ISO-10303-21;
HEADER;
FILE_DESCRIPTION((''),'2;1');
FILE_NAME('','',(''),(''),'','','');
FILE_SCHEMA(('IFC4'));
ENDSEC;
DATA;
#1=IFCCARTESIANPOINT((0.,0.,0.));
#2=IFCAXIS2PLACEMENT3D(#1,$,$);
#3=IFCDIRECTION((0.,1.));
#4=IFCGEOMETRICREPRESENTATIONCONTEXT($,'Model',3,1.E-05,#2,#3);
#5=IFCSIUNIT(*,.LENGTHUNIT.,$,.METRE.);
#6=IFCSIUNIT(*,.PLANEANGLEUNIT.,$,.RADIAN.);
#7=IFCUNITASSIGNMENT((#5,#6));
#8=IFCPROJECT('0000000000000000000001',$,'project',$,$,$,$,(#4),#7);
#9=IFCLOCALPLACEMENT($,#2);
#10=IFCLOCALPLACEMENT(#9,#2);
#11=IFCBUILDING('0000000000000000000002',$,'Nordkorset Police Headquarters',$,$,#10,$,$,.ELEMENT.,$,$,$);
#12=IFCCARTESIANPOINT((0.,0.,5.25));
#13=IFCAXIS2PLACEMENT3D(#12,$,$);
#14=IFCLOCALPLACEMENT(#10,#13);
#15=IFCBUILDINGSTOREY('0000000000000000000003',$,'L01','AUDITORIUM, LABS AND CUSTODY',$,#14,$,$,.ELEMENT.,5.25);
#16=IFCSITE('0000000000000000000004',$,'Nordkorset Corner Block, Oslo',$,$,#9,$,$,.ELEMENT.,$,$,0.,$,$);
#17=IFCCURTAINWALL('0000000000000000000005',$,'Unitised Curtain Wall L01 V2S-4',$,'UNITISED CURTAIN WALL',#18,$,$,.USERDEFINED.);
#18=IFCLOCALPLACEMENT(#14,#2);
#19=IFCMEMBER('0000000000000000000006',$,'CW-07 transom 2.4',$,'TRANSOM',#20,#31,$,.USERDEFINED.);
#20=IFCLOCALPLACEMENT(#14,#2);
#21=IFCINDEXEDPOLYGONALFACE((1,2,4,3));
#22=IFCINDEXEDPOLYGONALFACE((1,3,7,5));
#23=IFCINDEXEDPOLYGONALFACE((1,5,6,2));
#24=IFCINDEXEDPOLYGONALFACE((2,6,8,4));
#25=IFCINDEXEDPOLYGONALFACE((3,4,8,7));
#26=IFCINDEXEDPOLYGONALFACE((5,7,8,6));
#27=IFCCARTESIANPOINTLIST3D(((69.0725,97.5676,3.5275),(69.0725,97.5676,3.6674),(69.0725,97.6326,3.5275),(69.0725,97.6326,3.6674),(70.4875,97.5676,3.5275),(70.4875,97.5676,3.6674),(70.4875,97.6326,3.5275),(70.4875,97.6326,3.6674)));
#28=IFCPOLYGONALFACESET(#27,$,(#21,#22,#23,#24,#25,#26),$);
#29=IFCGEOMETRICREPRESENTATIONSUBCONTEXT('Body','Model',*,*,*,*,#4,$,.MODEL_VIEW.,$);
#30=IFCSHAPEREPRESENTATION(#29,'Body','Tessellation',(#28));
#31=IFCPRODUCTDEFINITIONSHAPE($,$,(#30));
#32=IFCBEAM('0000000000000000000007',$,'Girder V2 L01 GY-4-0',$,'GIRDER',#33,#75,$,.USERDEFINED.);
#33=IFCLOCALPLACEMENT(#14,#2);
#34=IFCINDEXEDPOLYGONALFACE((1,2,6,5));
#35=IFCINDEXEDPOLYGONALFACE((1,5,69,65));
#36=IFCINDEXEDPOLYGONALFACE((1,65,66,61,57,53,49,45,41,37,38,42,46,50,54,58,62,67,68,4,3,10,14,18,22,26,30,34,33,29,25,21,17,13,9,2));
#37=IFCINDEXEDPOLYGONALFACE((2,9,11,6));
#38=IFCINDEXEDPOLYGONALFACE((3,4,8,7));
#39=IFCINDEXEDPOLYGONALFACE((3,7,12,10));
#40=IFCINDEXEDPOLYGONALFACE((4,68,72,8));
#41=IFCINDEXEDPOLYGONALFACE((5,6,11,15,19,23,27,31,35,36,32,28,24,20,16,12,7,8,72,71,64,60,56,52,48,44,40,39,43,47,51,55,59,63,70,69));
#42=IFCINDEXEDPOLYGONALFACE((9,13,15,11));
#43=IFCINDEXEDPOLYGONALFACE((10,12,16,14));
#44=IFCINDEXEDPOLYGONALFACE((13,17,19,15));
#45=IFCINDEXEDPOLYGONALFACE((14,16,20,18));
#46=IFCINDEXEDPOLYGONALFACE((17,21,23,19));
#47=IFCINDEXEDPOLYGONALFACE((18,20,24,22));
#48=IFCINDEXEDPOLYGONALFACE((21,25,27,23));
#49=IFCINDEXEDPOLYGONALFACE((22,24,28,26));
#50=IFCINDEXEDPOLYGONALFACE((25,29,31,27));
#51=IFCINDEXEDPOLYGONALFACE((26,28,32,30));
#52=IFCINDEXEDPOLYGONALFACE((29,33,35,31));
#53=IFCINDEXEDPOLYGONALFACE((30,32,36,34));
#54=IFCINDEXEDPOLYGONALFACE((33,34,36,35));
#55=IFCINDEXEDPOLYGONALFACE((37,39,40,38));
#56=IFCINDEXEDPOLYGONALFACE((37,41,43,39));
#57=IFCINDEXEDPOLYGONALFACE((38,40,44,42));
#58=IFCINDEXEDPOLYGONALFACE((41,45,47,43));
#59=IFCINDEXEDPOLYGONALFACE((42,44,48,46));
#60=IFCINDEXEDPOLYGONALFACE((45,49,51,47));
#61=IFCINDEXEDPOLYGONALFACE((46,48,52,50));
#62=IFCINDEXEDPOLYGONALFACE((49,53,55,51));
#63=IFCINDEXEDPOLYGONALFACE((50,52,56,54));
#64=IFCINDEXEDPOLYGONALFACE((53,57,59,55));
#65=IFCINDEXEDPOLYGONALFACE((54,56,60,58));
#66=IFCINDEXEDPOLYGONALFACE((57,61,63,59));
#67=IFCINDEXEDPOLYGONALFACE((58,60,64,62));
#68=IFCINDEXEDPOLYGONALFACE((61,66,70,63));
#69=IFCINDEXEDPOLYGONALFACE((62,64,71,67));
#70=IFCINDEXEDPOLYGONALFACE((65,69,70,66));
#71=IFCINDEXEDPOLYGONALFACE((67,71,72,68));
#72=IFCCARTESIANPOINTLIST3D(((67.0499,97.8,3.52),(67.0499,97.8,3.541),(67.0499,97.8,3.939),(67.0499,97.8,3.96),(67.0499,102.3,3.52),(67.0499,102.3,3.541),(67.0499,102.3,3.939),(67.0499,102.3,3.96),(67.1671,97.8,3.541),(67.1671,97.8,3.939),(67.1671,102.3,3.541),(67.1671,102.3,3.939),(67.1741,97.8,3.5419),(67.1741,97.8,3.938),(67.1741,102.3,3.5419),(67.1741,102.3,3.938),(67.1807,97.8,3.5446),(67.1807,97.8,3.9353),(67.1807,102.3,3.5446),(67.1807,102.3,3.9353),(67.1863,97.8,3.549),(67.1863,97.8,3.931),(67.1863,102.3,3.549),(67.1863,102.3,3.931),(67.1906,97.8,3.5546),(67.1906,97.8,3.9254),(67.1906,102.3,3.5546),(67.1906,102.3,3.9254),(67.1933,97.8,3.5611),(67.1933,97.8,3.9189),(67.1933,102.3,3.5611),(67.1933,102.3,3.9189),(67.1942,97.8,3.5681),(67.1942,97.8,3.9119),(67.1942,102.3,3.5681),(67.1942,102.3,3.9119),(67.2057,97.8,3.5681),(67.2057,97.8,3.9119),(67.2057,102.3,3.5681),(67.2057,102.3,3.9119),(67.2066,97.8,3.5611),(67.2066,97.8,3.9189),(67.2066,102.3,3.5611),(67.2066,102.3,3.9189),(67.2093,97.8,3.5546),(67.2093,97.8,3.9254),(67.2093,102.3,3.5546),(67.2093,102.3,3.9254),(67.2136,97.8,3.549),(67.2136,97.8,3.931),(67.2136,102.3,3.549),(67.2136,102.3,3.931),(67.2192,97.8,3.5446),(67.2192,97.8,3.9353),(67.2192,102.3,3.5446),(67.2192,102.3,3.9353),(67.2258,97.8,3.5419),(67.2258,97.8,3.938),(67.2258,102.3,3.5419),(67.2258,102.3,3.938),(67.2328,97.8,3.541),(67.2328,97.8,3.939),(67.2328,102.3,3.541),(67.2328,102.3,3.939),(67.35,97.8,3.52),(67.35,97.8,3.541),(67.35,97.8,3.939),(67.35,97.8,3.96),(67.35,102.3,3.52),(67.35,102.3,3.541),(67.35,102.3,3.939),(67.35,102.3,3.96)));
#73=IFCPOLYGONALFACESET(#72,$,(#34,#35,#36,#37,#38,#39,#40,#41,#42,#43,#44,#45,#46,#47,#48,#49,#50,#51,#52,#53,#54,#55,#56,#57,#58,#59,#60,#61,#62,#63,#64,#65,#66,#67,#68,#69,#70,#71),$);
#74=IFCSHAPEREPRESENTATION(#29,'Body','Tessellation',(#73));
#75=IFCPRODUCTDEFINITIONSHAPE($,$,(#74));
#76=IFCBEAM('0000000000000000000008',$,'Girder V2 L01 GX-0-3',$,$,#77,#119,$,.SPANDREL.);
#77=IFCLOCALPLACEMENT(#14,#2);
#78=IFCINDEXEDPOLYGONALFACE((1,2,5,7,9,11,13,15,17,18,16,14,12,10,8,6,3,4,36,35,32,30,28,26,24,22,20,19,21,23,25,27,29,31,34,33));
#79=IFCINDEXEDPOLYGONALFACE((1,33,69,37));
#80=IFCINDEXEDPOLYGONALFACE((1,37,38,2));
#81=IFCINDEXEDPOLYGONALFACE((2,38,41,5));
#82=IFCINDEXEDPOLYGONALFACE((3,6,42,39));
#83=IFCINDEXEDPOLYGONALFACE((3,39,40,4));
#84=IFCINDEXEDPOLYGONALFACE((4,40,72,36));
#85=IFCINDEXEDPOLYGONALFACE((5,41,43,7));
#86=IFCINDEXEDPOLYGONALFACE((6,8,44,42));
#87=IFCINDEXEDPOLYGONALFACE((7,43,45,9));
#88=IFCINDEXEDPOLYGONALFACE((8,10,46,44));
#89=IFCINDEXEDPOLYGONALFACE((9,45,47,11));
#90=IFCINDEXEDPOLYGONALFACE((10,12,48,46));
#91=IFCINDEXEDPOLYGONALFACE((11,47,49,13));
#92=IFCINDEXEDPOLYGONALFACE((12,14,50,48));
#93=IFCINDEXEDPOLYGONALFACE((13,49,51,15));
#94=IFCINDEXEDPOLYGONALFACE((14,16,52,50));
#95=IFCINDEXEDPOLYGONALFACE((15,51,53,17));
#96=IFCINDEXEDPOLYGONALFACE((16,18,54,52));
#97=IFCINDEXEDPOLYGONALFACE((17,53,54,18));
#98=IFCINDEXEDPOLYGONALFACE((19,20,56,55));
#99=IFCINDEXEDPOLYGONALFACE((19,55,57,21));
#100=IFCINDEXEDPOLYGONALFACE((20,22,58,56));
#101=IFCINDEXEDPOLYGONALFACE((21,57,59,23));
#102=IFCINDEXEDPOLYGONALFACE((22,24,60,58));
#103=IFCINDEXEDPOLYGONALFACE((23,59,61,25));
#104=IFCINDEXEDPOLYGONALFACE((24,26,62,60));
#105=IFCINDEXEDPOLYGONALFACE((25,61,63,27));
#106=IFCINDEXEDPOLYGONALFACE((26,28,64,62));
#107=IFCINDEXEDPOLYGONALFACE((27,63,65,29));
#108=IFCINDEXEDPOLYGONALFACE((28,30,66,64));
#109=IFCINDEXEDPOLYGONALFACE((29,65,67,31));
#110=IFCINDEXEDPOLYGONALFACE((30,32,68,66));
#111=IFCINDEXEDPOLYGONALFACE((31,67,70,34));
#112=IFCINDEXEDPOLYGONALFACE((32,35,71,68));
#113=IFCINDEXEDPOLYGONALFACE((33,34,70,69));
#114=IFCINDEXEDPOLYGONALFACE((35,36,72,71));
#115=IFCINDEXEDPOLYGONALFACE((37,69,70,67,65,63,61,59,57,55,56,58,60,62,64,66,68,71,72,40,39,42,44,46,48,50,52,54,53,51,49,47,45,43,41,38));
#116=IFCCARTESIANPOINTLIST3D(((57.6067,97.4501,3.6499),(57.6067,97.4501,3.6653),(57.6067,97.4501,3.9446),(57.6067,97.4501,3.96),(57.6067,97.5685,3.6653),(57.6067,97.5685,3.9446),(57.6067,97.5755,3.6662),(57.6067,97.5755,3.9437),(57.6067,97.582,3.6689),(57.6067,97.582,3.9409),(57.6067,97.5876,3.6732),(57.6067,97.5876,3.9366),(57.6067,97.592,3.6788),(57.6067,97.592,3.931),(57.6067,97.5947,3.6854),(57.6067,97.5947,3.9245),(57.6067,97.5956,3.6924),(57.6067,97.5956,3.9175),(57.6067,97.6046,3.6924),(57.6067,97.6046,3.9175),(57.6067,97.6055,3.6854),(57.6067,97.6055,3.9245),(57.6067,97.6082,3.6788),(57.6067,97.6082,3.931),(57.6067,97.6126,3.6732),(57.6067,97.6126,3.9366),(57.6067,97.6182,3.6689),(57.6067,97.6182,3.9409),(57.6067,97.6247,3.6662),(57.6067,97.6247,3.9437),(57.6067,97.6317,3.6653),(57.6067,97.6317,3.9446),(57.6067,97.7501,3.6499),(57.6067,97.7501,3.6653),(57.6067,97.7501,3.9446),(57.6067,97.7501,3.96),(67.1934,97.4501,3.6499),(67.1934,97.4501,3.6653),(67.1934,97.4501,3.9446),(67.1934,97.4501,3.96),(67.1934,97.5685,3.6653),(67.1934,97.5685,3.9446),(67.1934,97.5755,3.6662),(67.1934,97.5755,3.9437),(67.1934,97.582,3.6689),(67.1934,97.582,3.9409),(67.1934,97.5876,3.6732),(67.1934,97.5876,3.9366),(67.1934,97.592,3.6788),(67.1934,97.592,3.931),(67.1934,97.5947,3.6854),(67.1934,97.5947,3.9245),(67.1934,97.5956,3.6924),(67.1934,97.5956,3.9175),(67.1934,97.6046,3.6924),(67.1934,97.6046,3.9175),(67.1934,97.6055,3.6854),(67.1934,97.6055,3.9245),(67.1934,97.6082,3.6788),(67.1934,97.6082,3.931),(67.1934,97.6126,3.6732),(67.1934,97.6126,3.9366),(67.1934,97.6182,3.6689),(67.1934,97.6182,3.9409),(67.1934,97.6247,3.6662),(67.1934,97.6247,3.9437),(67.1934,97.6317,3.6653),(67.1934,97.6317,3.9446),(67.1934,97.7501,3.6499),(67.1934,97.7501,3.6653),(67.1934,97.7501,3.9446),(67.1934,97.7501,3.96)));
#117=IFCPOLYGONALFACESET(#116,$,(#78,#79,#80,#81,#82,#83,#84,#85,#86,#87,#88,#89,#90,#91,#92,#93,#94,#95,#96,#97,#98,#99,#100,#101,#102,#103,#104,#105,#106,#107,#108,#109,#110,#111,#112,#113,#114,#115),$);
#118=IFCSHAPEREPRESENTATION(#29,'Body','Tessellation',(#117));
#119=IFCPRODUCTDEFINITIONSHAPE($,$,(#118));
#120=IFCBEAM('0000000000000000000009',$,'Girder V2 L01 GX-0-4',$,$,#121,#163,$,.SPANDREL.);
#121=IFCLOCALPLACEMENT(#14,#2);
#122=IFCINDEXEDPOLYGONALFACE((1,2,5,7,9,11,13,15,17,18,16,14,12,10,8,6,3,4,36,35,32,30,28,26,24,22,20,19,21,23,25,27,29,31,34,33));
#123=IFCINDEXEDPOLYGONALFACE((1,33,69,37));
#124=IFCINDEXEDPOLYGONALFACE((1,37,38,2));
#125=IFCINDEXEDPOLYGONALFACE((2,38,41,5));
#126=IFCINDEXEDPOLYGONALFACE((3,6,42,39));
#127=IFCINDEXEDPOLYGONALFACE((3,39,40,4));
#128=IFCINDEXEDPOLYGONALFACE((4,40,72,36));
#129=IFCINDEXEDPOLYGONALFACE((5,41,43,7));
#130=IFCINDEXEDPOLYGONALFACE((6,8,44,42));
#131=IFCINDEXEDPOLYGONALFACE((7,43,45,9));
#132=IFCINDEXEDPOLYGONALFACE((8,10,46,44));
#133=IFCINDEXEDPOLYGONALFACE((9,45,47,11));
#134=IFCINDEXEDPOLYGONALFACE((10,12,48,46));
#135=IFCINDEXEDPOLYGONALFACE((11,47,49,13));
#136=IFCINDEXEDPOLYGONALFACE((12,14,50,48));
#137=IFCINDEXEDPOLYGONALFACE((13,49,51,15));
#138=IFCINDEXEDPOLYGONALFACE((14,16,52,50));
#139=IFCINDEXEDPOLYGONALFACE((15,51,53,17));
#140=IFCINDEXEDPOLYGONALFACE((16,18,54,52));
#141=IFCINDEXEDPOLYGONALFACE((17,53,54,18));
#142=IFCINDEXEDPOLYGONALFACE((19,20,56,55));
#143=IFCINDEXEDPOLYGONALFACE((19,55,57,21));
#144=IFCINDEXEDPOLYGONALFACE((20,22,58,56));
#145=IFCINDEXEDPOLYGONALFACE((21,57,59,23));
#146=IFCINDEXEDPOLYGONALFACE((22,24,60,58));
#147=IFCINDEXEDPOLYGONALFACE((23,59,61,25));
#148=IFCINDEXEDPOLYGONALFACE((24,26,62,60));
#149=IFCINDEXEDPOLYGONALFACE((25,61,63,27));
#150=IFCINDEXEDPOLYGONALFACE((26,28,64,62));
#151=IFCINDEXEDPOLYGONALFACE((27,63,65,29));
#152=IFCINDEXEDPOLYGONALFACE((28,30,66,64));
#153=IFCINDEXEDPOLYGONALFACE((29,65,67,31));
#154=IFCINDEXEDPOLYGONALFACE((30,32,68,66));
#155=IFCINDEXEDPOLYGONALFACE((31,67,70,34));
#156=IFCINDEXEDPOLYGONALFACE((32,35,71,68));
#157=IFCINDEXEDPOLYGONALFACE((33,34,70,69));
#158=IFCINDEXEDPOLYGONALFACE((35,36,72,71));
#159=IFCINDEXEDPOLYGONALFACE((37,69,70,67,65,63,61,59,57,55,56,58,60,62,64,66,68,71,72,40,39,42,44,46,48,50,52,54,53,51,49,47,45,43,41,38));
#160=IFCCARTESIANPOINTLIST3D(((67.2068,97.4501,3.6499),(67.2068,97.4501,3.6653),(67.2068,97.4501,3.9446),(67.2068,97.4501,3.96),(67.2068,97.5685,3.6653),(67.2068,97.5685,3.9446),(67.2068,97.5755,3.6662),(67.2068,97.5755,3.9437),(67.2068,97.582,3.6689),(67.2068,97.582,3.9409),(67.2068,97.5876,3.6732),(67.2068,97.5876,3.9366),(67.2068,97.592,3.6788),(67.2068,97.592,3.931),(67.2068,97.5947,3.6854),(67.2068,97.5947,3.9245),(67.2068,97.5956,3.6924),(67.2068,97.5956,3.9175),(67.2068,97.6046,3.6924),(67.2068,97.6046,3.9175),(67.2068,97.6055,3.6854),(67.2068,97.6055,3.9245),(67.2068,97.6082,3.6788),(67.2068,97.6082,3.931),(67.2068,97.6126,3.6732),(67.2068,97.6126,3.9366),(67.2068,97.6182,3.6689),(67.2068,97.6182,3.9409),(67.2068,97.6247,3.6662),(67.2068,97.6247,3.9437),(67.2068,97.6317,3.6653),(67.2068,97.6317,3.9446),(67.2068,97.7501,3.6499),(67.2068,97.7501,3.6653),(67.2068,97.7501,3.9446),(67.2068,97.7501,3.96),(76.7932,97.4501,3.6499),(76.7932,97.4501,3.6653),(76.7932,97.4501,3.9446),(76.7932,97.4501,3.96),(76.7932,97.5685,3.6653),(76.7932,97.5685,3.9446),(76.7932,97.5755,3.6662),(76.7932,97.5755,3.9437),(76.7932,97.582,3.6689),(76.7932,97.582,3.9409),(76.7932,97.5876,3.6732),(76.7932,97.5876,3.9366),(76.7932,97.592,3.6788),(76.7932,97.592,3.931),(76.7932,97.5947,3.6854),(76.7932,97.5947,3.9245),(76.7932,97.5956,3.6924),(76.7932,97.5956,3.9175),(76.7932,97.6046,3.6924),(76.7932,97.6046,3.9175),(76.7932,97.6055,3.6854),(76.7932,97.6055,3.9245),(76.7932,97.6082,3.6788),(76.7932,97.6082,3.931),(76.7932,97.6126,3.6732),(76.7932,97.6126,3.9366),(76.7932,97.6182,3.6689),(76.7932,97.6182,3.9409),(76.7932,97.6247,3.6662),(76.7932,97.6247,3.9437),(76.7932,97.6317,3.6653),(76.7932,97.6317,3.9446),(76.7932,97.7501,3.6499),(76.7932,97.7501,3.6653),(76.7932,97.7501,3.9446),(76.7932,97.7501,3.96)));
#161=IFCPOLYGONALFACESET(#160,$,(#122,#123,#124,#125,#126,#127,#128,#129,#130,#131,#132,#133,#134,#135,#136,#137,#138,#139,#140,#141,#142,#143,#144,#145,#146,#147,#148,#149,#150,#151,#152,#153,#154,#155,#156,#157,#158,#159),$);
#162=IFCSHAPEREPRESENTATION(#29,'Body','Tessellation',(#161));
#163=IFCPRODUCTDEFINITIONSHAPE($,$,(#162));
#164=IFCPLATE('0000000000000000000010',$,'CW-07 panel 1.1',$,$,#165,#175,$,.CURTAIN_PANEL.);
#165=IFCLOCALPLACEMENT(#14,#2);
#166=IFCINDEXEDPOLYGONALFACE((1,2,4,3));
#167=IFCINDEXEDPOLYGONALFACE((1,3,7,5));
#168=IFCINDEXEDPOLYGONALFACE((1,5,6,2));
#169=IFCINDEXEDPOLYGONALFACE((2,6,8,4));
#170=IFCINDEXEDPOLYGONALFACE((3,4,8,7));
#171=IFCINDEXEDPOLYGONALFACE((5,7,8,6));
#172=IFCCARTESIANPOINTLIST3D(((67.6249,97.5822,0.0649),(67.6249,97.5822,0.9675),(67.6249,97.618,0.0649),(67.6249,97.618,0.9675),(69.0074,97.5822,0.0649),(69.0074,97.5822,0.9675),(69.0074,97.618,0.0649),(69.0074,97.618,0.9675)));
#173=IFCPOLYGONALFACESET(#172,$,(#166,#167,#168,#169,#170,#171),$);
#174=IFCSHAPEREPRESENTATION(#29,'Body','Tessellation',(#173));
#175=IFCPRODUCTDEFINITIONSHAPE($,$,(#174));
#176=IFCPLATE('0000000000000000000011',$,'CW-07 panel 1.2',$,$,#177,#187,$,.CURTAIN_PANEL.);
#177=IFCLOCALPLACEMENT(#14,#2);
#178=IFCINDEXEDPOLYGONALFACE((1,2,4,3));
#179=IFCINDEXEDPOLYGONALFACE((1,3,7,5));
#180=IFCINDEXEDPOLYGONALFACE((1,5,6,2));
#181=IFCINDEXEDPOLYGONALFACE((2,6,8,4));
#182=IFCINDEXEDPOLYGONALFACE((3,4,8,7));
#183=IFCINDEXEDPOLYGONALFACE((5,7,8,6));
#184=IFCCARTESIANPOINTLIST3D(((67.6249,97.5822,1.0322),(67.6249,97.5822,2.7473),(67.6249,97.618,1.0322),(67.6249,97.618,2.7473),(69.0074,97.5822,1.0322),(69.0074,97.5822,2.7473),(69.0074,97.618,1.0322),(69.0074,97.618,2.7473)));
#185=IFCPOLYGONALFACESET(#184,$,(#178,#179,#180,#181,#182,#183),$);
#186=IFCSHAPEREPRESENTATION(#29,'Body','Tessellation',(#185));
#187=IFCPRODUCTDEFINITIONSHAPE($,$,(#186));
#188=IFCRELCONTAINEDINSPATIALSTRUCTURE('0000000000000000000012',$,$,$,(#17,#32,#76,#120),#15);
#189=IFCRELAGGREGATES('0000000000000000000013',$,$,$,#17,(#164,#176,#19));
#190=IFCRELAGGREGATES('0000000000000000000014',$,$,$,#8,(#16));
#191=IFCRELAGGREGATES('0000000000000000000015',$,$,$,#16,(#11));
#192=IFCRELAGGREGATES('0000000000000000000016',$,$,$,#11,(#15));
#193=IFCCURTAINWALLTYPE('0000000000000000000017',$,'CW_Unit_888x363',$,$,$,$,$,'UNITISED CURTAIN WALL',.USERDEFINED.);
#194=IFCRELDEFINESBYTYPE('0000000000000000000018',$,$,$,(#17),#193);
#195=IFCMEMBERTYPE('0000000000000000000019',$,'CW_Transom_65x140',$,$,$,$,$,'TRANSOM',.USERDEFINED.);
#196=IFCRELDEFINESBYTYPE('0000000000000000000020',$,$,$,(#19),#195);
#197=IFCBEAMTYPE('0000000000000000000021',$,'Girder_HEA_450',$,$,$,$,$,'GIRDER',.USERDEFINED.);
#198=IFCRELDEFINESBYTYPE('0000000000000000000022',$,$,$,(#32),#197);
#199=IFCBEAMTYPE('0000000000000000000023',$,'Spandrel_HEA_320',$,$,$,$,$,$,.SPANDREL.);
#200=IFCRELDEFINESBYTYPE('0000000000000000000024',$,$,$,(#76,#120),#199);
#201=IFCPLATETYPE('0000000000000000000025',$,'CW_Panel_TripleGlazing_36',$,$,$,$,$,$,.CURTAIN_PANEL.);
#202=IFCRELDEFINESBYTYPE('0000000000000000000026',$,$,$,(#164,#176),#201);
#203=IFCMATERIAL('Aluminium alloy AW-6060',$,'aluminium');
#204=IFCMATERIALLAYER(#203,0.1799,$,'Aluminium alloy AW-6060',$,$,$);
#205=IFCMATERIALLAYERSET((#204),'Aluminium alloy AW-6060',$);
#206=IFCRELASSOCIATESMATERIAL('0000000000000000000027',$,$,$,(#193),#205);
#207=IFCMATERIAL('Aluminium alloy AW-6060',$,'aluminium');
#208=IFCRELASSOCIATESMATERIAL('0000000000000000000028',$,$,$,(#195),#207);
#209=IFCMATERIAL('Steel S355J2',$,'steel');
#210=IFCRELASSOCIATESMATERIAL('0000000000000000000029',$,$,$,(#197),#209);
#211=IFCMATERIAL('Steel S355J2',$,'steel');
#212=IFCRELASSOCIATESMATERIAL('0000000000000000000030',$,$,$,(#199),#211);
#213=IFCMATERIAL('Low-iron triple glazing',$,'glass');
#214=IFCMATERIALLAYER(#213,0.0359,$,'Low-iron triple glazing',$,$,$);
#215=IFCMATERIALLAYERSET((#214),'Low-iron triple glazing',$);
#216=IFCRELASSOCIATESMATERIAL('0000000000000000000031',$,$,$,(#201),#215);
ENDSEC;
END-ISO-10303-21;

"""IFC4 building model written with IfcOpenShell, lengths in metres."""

from ifc_helpers import new_model, si_unit, direction, frame, origin, origin_2d, place, context, subcontext, project, spatial, rectangle, i_section, extrude, material, layer, layer_set, material_profile, profile_set, type_object, element, aggregate, save


model = new_model("IFC4")

# Units and contexts
model_context = context("Model", 3, precision=1e-05, world=origin(), true_north=direction((0.0, 1.0)))
body_context = subcontext(model_context, "Body", "Model", "MODEL_VIEW")
ifc_project = project(units=[si_unit("LENGTHUNIT", "METRE"), si_unit("PLANEANGLEUNIT", "RADIAN")], contexts=[model_context])

# Site, building, storey
site_placement = place(None, origin())
site = spatial("IfcSite", under=ifc_project, at=site_placement, Name="Nordkorset Corner Block, Oslo", CompositionType="ELEMENT", RefElevation=0.0)
building_placement = place(site_placement, origin())
building = spatial("IfcBuilding", under=site, at=building_placement, Name="Nordkorset Police Headquarters", CompositionType="ELEMENT")
storey_placement = place(building_placement, frame((0.0, 0.0, 5.25)))
storey = spatial("IfcBuildingStorey", under=building, at=storey_placement, Name="L01", Description="AUDITORIUM, LABS AND CUSTODY", CompositionType="ELEMENT", Elevation=5.25)

# Curtain wall, member
ifc_material_1 = material(Name="Aluminium alloy AW-6060", Category="aluminium")
ifc_layer_1 = layer(ifc_material_1, 0.1799, Name="Aluminium alloy AW-6060")
ifc_layer_set_1 = layer_set([ifc_layer_1], Name="Aluminium alloy AW-6060")
curtain_wall_type = type_object("IfcCurtainWallType", Name="CW_Unit_888x363", ElementType="UNITISED CURTAIN WALL", PredefinedType="USERDEFINED", material=ifc_layer_set_1)
curtain_wall_placement = place(storey_placement, origin())
curtain_wall = element("IfcCurtainWall", 1, at=curtain_wall_placement, inside=storey, type_object=curtain_wall_type, Name="Unitised Curtain Wall L01 V2S-4", ObjectType="UNITISED CURTAIN WALL", PredefinedType="USERDEFINED")
ifc_material_2 = material(Name="Aluminium alloy AW-6060", Category="aluminium")
ifc_material_profile_1 = material_profile(ifc_material_2, rectangle(XDim=0.0649, YDim=0.1399, at=origin_2d()), Name="ALU TRAN 65x140")
ifc_profile_set_1 = profile_set([ifc_material_profile_1], Name="Aluminium alloy AW-6060")
member_type_1 = type_object("IfcMemberType", Name="CW_Transom_65x140", ElementType="TRANSOM", PredefinedType="USERDEFINED", material=ifc_profile_set_1)
member_1_placement = place(storey_placement, frame((69.0725, 97.6001, 3.5974), z_axis=(1.0, 0.0, 0.0), x_axis=(0.0, 1.0, 0.0)))
member_1 = element("IfcMember", 2, at=member_1_placement, type_object=member_type_1, Name="CW-07 transom 2.4", ObjectType="TRANSOM", PredefinedType="USERDEFINED", context=body_context, shape_type="SweptSolid", body=[
    extrude(rectangle(XDim=0.0649, YDim=0.1399, at=origin_2d()), origin(), (0.0, 0.0, 1.0), 1.415),
])

# Beams
ifc_material_3 = material(Name="Steel S355J2", Category="steel")
ifc_material_profile_2 = material_profile(ifc_material_3, i_section(OverallWidth=0.3, OverallDepth=0.4399, WebThickness=0.0115, FlangeThickness=0.021, FilletRadius=0.0271, at=origin_2d()), Name="HEA 450")
ifc_profile_set_2 = profile_set([ifc_material_profile_2], Name="Steel S355J2")
beam_type_1 = type_object("IfcBeamType", Name="Girder_HEA_450", ElementType="GIRDER", PredefinedType="USERDEFINED", material=ifc_profile_set_2)
beam_1_placement = place(storey_placement, frame((67.2, 97.8, 3.74), z_axis=(0.0, 1.0, 0.0), x_axis=(-1.0, 0.0, 0.0)))
element("IfcBeam", 3, at=beam_1_placement, inside=storey, type_object=beam_type_1, Name="Girder V2 L01 GY-4-0", ObjectType="GIRDER", PredefinedType="USERDEFINED", context=body_context, shape_type="SweptSolid", body=[
    extrude(i_section(OverallWidth=0.3, OverallDepth=0.4399, WebThickness=0.0115, FlangeThickness=0.021, FilletRadius=0.0271, at=origin_2d()), origin(), (0.0, 0.0, 1.0), 4.5),
])
ifc_material_4 = material(Name="Steel S355J2", Category="steel")
ifc_material_profile_3 = material_profile(ifc_material_4, i_section(OverallWidth=0.3, OverallDepth=0.3101, WebThickness=0.009, FlangeThickness=0.0154, FilletRadius=0.0271, at=origin_2d()), Name="HEA 320")
ifc_profile_set_3 = profile_set([ifc_material_profile_3], Name="Steel S355J2")
beam_type_2 = type_object("IfcBeamType", Name="Spandrel_HEA_320", PredefinedType="SPANDREL", material=ifc_profile_set_3)
beam_2_placement = place(storey_placement, frame((57.6067, 97.6001, 3.8049), z_axis=(1.0, 0.0, 0.0), x_axis=(0.0, 1.0, 0.0)))
element("IfcBeam", 4, at=beam_2_placement, inside=storey, type_object=beam_type_2, Name="Girder V2 L01 GX-0-3", PredefinedType="SPANDREL", context=body_context, shape_type="SweptSolid", body=[
    extrude(i_section(OverallWidth=0.3, OverallDepth=0.3101, WebThickness=0.009, FlangeThickness=0.0154, FilletRadius=0.0271, at=origin_2d()), origin(), (0.0, 0.0, 1.0), 9.5867),
])
beam_3_placement = place(storey_placement, frame((67.2068, 97.6001, 3.8049), z_axis=(1.0, 0.0, 0.0), x_axis=(0.0, 1.0, 0.0)))
element("IfcBeam", 5, at=beam_3_placement, inside=storey, type_object=beam_type_2, Name="Girder V2 L01 GX-0-4", PredefinedType="SPANDREL", context=body_context, shape_type="SweptSolid", body=[
    extrude(i_section(OverallWidth=0.3, OverallDepth=0.3101, WebThickness=0.009, FlangeThickness=0.0154, FilletRadius=0.0271, at=origin_2d()), origin(), (0.0, 0.0, 1.0), 9.5864),
])

# Plates
ifc_material_5 = material(Name="Low-iron triple glazing", Category="glass")
ifc_layer_2 = layer(ifc_material_5, 0.0359, Name="Low-iron triple glazing")
ifc_layer_set_2 = layer_set([ifc_layer_2], Name="Low-iron triple glazing")
plate_type_1 = type_object("IfcPlateType", Name="CW_Panel_TripleGlazing_36", PredefinedType="CURTAIN_PANEL", material=ifc_layer_set_2)
plate_1_placement = place(storey_placement, frame((68.3162, 97.6001, 0.0649), z_axis=(0.0, 0.0, 1.0), x_axis=(1.0, 0.0, 0.0)))
plate_1 = element("IfcPlate", 6, at=plate_1_placement, type_object=plate_type_1, Name="CW-07 panel 1.1", PredefinedType="CURTAIN_PANEL", context=body_context, shape_type="SweptSolid", body=[
    extrude(rectangle(XDim=1.3826, YDim=0.0359, at=origin_2d()), origin(), (0.0, 0.0, 1.0), 0.9026),
])
plate_2_placement = place(storey_placement, frame((68.3162, 97.6001, 1.0322), z_axis=(0.0, 0.0, 1.0), x_axis=(1.0, 0.0, 0.0)))
plate_2 = element("IfcPlate", 7, at=plate_2_placement, type_object=plate_type_1, Name="CW-07 panel 1.2", PredefinedType="CURTAIN_PANEL", context=body_context, shape_type="SweptSolid", body=[
    extrude(rectangle(XDim=1.3826, YDim=0.0359, at=origin_2d()), origin(), (0.0, 0.0, 1.0), 1.7151),
])
aggregate(curtain_wall, [plate_1, plate_2, member_1])

save(model, "model.ifc")
